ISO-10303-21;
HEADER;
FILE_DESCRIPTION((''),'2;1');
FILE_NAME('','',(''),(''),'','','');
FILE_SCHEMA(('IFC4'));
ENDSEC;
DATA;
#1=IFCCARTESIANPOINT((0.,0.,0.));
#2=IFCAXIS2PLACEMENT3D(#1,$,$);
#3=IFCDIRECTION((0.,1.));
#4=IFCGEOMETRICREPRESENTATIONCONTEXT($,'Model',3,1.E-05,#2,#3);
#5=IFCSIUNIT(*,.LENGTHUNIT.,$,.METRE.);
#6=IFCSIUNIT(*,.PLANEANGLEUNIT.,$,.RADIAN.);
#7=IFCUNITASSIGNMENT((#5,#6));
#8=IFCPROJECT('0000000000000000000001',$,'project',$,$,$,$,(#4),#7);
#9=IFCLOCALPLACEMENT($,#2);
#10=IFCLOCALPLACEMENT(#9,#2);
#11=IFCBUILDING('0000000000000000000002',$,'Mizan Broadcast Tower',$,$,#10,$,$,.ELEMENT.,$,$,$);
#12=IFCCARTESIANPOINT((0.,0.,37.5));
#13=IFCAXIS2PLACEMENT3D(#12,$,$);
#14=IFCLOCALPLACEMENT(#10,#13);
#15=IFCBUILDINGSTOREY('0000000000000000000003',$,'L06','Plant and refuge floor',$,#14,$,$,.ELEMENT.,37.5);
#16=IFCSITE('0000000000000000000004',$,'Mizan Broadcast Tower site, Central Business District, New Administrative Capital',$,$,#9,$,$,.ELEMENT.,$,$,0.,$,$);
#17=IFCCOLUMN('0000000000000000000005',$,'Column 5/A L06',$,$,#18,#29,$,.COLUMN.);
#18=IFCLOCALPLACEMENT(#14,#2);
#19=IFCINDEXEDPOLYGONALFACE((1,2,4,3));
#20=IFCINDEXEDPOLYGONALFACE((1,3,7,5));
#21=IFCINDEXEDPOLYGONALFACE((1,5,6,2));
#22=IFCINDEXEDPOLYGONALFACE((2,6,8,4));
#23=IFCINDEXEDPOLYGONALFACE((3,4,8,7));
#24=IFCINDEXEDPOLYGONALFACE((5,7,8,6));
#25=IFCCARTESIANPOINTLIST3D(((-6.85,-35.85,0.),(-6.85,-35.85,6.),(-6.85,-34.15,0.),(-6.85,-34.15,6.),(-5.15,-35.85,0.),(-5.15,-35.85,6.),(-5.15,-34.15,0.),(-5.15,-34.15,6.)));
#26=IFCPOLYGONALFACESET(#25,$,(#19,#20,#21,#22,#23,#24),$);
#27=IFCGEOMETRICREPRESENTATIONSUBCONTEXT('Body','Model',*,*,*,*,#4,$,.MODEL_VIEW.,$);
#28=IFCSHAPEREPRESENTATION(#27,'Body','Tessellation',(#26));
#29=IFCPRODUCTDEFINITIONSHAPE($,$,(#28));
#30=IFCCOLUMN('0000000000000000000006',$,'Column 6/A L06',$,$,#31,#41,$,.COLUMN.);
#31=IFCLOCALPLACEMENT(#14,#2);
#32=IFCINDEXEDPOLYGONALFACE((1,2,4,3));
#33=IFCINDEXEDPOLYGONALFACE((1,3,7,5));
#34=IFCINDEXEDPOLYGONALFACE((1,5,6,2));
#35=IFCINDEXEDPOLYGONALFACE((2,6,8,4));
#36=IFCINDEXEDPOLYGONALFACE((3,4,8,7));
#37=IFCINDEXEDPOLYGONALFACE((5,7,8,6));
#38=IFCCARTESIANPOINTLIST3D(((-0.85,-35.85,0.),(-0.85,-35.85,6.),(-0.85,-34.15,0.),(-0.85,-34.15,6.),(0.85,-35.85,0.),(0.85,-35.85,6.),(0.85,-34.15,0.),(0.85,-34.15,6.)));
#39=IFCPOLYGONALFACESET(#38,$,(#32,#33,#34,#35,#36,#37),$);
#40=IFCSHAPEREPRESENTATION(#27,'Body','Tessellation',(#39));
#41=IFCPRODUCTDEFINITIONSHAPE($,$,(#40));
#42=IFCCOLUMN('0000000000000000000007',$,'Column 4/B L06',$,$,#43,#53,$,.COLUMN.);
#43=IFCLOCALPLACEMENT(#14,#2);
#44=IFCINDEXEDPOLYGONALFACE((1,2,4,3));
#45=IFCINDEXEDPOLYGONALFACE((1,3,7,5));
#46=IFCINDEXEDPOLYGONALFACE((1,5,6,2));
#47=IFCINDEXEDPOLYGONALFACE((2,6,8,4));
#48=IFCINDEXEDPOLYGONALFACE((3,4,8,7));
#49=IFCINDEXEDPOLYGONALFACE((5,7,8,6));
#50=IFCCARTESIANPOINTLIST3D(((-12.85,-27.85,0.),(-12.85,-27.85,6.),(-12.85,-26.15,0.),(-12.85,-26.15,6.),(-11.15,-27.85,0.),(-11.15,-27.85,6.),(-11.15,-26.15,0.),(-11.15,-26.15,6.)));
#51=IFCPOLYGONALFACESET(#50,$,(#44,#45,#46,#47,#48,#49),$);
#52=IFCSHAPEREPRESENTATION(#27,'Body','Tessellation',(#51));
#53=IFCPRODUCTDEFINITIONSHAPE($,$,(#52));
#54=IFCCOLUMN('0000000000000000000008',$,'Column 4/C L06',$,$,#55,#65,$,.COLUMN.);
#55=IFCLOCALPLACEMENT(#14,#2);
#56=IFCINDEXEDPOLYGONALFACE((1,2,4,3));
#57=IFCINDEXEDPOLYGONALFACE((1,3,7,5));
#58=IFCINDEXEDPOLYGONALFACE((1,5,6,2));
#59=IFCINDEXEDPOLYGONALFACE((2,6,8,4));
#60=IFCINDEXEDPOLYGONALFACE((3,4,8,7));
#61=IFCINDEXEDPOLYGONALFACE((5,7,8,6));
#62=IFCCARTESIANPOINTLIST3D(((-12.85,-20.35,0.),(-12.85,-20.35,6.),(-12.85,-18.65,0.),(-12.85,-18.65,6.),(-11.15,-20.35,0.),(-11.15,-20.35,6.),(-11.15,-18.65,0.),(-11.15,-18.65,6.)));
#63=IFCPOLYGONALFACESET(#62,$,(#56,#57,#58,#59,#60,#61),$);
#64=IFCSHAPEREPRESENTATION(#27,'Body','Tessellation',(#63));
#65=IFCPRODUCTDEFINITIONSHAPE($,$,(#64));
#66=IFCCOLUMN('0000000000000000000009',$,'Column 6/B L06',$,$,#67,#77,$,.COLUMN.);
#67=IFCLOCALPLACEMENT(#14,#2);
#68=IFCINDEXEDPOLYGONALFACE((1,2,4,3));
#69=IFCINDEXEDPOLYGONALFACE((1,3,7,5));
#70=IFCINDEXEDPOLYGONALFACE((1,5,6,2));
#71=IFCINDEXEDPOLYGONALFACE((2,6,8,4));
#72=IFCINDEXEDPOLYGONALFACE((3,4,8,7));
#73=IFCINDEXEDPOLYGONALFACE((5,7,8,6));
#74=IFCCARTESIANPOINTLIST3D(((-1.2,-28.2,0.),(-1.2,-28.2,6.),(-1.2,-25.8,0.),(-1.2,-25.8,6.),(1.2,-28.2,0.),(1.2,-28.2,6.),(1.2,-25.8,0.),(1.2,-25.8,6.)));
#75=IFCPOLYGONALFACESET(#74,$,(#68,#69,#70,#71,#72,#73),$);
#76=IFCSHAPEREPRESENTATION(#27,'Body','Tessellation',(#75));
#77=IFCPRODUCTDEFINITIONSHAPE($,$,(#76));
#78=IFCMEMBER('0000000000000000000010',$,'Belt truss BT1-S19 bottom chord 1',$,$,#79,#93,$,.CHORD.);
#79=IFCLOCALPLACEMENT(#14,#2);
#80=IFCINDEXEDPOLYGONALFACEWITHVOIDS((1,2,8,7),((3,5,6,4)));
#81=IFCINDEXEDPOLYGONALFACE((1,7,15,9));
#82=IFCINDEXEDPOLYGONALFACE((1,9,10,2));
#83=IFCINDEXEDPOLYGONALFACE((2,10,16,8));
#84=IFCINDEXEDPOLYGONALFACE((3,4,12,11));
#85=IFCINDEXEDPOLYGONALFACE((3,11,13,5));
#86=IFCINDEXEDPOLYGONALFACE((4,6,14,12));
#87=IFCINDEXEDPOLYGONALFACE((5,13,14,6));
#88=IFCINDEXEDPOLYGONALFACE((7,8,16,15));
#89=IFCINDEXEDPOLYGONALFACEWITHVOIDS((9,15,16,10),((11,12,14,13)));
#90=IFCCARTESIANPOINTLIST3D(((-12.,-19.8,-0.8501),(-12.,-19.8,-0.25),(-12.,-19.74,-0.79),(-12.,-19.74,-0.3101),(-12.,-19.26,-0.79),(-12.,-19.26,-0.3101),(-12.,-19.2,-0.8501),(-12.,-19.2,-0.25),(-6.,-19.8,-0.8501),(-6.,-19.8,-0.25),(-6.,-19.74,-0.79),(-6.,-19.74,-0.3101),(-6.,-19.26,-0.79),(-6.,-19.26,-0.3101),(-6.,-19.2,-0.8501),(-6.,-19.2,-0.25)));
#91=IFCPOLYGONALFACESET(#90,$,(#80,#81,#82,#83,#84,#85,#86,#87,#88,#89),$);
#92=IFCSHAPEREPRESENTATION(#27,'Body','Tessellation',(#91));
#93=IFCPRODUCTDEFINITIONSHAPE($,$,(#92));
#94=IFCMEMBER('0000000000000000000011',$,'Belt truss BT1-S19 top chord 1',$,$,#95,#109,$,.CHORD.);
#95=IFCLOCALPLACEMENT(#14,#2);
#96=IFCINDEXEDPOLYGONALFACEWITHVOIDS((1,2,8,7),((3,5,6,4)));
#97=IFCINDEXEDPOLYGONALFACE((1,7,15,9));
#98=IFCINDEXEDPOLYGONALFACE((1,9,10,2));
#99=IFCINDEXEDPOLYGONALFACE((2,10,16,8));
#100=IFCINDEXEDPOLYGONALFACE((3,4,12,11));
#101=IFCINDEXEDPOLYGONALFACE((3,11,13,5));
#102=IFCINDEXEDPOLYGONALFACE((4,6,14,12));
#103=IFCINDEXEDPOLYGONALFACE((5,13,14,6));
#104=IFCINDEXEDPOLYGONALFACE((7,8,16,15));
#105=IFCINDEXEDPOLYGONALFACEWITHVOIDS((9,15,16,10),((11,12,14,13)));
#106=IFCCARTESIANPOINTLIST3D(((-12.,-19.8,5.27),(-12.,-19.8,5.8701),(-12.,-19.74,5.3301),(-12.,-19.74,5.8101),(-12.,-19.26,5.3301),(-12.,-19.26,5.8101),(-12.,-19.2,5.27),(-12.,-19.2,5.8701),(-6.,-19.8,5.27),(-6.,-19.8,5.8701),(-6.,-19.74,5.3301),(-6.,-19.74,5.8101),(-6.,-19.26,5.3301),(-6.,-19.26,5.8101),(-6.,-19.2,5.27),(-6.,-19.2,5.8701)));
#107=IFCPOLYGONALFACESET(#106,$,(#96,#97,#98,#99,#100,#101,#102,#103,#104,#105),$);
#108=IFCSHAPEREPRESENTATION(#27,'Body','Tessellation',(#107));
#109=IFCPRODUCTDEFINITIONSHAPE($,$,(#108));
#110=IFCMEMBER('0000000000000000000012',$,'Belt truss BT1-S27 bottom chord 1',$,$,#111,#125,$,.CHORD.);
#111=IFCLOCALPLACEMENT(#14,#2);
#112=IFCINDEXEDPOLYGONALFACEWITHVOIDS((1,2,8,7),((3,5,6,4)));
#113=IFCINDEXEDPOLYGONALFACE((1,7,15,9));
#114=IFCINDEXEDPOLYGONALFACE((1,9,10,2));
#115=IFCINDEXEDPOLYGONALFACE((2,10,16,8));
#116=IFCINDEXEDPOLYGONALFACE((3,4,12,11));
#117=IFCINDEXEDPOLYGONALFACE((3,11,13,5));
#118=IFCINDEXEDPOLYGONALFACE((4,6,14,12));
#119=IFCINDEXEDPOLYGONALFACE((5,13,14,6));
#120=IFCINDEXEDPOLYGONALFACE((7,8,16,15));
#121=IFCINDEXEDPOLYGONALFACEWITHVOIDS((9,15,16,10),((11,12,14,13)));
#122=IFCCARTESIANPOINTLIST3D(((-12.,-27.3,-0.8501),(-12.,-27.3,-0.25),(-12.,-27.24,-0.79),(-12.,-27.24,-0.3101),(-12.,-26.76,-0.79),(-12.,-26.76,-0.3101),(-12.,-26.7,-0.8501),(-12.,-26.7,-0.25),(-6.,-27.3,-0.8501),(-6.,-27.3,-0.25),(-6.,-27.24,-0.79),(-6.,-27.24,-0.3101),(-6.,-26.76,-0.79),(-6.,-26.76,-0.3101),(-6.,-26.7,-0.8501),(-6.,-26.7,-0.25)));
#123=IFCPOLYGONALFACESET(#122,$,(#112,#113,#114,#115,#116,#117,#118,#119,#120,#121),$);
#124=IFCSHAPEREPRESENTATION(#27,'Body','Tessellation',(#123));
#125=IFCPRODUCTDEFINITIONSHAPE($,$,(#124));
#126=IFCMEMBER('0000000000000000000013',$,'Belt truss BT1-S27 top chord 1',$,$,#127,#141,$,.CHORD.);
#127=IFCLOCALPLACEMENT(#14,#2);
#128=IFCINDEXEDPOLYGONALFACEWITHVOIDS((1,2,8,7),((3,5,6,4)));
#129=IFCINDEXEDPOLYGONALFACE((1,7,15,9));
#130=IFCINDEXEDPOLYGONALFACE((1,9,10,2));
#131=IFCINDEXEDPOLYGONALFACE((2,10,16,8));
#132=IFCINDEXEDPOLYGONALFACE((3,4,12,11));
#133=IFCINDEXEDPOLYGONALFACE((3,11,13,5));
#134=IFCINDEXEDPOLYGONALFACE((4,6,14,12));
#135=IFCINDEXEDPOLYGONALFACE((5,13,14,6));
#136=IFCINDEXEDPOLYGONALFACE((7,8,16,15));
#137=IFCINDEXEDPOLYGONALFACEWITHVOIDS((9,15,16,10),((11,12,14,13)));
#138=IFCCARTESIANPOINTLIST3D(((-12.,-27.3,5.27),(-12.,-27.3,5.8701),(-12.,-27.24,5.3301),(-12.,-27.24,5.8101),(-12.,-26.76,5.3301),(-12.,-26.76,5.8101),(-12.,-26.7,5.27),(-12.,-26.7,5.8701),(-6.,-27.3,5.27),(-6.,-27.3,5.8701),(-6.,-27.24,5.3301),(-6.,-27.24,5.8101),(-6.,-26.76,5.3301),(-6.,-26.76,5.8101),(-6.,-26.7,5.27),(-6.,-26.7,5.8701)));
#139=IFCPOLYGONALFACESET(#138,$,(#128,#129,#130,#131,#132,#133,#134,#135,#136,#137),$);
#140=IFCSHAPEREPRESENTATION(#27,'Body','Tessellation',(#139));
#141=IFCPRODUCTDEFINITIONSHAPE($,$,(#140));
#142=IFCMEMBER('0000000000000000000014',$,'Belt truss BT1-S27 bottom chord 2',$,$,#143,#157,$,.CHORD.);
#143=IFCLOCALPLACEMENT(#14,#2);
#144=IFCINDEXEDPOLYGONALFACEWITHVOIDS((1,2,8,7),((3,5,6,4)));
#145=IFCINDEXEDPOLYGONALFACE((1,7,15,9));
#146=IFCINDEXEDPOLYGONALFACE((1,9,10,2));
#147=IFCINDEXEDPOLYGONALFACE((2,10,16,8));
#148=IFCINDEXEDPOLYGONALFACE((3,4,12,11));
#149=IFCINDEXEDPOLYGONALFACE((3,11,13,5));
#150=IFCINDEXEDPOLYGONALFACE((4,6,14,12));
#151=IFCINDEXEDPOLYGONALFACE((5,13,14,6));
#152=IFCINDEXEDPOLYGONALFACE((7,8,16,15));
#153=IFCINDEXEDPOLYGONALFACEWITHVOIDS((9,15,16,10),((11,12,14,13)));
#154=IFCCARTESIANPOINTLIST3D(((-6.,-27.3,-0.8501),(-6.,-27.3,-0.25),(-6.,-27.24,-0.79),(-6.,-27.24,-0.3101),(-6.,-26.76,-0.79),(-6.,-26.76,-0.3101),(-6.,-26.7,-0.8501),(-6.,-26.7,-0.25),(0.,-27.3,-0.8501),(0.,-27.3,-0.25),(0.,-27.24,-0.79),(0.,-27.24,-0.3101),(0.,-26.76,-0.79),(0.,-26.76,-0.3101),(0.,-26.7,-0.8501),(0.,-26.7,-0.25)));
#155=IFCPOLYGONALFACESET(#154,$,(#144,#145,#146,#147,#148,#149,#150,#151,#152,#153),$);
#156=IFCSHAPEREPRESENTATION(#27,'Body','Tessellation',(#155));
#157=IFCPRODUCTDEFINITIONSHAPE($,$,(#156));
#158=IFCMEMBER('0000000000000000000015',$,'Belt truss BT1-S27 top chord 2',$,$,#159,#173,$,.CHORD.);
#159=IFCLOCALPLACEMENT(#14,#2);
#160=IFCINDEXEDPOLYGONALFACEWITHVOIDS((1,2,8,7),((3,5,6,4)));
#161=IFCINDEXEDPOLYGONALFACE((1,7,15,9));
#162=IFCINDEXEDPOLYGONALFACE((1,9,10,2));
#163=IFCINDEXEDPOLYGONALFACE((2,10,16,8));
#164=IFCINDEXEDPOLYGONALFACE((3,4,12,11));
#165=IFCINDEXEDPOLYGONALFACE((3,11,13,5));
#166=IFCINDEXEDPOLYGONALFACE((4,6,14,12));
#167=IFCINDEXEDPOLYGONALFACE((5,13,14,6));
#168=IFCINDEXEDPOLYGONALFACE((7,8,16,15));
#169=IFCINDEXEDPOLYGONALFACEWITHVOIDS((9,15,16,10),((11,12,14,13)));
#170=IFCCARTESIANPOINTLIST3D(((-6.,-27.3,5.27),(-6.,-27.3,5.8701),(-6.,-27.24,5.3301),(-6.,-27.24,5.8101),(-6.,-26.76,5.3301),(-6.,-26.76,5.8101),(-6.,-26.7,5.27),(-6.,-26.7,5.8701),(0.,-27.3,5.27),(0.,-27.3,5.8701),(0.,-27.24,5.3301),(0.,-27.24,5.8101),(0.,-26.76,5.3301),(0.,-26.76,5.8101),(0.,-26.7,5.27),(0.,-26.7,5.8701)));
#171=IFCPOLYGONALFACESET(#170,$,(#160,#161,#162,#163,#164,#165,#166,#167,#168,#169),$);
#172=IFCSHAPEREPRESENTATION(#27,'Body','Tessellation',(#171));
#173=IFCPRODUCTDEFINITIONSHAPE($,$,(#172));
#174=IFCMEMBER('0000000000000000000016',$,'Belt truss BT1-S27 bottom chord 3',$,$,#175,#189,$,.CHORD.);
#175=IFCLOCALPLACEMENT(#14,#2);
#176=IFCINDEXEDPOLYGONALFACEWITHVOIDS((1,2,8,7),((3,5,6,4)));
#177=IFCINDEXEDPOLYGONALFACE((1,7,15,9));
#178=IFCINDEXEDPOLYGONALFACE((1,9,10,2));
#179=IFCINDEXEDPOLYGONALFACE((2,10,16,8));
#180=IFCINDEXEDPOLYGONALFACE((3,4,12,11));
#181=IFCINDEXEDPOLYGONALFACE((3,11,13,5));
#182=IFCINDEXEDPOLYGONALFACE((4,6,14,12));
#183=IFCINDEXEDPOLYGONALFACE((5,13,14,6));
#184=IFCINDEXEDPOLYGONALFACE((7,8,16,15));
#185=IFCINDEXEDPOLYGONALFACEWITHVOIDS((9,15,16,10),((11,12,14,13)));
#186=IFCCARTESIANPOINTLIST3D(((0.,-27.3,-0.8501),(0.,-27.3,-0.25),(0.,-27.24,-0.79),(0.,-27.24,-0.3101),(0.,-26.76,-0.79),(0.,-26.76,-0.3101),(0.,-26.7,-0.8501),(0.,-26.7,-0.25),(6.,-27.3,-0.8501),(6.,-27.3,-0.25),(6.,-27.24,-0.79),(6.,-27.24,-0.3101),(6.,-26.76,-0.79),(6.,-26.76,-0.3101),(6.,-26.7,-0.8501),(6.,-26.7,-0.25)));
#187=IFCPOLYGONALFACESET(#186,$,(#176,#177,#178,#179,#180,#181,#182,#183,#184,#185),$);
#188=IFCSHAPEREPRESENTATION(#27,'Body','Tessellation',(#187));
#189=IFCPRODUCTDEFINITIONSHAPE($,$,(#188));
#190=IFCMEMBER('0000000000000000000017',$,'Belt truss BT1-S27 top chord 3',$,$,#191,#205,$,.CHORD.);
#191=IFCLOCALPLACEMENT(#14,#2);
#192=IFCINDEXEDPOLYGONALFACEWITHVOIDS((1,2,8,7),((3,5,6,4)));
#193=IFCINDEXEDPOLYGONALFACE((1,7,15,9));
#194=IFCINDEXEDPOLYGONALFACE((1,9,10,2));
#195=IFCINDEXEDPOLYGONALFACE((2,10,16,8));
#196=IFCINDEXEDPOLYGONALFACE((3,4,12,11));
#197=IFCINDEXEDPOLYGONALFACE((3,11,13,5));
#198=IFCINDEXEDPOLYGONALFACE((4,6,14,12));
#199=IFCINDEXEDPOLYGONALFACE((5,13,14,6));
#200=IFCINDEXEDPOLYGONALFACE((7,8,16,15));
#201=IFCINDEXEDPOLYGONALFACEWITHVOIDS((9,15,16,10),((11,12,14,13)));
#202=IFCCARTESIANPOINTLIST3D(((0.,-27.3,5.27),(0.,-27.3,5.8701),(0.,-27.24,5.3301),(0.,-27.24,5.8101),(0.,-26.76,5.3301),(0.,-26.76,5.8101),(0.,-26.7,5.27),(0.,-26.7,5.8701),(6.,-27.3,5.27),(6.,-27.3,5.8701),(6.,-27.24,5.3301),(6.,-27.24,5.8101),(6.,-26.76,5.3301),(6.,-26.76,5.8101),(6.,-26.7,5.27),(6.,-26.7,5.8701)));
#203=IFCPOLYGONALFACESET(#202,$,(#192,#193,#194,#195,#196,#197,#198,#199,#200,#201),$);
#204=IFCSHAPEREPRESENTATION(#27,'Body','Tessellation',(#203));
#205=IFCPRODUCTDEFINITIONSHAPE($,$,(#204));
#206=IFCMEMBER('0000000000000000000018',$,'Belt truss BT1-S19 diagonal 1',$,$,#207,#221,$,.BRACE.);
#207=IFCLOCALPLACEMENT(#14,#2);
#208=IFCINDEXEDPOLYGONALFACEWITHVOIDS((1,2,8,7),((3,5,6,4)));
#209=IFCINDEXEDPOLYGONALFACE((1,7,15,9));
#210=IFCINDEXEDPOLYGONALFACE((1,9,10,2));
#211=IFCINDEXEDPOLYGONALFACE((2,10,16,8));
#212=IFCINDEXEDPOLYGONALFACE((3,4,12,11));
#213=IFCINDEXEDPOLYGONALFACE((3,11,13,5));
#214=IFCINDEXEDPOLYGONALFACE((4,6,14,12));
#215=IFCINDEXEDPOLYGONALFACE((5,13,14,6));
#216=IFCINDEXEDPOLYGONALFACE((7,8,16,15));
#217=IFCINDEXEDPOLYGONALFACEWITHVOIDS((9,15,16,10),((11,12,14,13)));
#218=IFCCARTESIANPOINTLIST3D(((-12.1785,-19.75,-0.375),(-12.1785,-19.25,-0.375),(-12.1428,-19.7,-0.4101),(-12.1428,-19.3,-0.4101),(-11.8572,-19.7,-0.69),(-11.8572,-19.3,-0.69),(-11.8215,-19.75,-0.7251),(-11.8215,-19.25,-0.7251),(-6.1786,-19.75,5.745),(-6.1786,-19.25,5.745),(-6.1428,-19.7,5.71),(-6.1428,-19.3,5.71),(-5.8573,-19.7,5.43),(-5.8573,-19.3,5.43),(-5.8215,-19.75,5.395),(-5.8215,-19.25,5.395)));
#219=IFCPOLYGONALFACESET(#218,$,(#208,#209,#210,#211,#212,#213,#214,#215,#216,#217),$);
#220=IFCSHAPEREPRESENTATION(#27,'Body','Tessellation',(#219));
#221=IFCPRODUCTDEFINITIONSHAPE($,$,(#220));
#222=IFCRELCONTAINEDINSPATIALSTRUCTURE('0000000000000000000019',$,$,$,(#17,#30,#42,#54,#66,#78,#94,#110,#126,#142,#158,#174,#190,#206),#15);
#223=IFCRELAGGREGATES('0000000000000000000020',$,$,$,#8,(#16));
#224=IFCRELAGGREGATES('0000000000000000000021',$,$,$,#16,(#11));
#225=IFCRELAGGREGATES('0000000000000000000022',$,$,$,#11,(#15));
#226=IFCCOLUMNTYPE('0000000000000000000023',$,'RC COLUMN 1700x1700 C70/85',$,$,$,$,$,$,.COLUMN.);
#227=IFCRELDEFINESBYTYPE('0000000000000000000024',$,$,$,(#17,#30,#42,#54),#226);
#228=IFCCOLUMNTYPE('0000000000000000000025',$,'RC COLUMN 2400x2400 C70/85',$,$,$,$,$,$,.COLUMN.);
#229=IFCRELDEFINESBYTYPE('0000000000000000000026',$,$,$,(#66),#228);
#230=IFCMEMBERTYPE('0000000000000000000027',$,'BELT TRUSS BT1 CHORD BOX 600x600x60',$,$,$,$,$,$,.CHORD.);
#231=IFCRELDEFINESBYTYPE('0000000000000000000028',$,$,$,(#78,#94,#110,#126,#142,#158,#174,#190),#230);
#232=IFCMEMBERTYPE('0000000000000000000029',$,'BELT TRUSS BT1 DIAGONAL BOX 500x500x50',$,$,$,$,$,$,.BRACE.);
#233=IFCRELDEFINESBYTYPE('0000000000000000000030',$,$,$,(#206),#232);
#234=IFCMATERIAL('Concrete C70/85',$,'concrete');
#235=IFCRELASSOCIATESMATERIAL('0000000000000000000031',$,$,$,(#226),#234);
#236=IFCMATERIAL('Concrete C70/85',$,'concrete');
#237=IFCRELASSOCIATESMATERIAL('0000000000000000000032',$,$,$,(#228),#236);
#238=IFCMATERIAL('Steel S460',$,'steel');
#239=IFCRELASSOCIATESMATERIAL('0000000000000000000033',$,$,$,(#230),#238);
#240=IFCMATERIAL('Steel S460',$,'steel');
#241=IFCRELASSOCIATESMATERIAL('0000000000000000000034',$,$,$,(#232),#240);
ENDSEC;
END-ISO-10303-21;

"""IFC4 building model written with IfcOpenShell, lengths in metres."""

from ifc_helpers import new_model, si_unit, direction, frame, origin, origin_2d, place, context, subcontext, project, spatial, rectangle, hollow_rectangle, extrude, material, material_profile, profile_set, type_object, element, save


model = new_model("IFC4")

# Units and contexts
model_context = context("Model", 3, precision=1e-05, world=origin(), true_north=direction((0.0, 1.0)))
body_context = subcontext(model_context, "Body", "Model", "MODEL_VIEW")
ifc_project = project(units=[si_unit("LENGTHUNIT", "METRE"), si_unit("PLANEANGLEUNIT", "RADIAN")], contexts=[model_context])

# Site, building, storey
site_placement = place(None, origin())
site = spatial("IfcSite", under=ifc_project, at=site_placement, Name="Mizan Broadcast Tower site, Central Business District, New Administrative Capital", CompositionType="ELEMENT", RefElevation=0.0)
building_placement = place(site_placement, origin())
building = spatial("IfcBuilding", under=site, at=building_placement, Name="Mizan Broadcast Tower", CompositionType="ELEMENT")
storey_placement = place(building_placement, frame((0.0, 0.0, 37.5)))
storey = spatial("IfcBuildingStorey", under=building, at=storey_placement, Name="L06", Description="Plant and refuge floor", CompositionType="ELEMENT", Elevation=37.5)

# Columns
ifc_material_1 = material(Name="Concrete C70/85", Category="concrete")
ifc_material_profile_1 = material_profile(ifc_material_1, rectangle(XDim=1.7, YDim=1.7, at=origin_2d()), Name="RC 1700x1700")
ifc_profile_set_1 = profile_set([ifc_material_profile_1], Name="Concrete C70/85")
column_type_1 = type_object("IfcColumnType", Name="RC COLUMN 1700x1700 C70/85", PredefinedType="COLUMN", material=ifc_profile_set_1)
for number, where, z_axis, x_axis, name in (
    (1, (-6.0, -35.0, 0.0), (0.0, 0.0, 1.0), (1.0, 0.0, 0.0), "Column 5/A L06"),
    (2, (0.0, -35.0, 0.0), (0.0, 0.0, 1.0), (1.0, 0.0, 0.0), "Column 6/A L06"),
    (3, (-12.0, -27.0, 0.0), (0.0, 0.0, 1.0), (1.0, 0.0, 0.0), "Column 4/B L06"),
    (4, (-12.0, -19.5, 0.0), (0.0, 0.0, 1.0), (1.0, 0.0, 0.0), "Column 4/C L06"),
):
    element("IfcColumn", number, at=place(storey_placement, frame(where, z_axis=z_axis, x_axis=x_axis)), inside=storey, type_object=column_type_1, Name=name, PredefinedType="COLUMN", context=body_context, shape_type="SweptSolid", body=[
        extrude(rectangle(XDim=1.7, YDim=1.7, at=origin_2d()), origin(), (0.0, 0.0, 1.0), 6.0),
    ])
ifc_material_2 = material(Name="Concrete C70/85", Category="concrete")
ifc_material_profile_2 = material_profile(ifc_material_2, rectangle(XDim=2.3999, YDim=2.3999, at=origin_2d()), Name="RC 2400x2400")
ifc_profile_set_2 = profile_set([ifc_material_profile_2], Name="Concrete C70/85")
column_type_2 = type_object("IfcColumnType", Name="RC COLUMN 2400x2400 C70/85", PredefinedType="COLUMN", material=ifc_profile_set_2)
column_placement = place(storey_placement, frame((0.0, -27.0, 0.0), z_axis=(0.0, 0.0, 1.0), x_axis=(1.0, 0.0, 0.0)))
element("IfcColumn", 5, at=column_placement, inside=storey, type_object=column_type_2, Name="Column 6/B L06", PredefinedType="COLUMN", context=body_context, shape_type="SweptSolid", body=[
    extrude(rectangle(XDim=2.3999, YDim=2.3999, at=origin_2d()), origin(), (0.0, 0.0, 1.0), 6.0),
])

# Members
ifc_material_3 = material(Name="Steel S460", Category="steel")
ifc_material_profile_3 = material_profile(ifc_material_3, hollow_rectangle(XDim=0.6001, YDim=0.6001, WallThickness=0.0601, at=origin_2d()), Name="BOX 600x600x60")
ifc_profile_set_3 = profile_set([ifc_material_profile_3], Name="Steel S460")
member_type_1 = type_object("IfcMemberType", Name="BELT TRUSS BT1 CHORD BOX 600x600x60", PredefinedType="CHORD", material=ifc_profile_set_3)
for number, where, z_axis, x_axis, name in (
    (6, (-12.0, -19.5, -0.55), (1.0, 0.0, 0.0), (0.0, 1.0, 0.0), "Belt truss BT1-S19 bottom chord 1"),
    (7, (-12.0, -19.5, 5.5701), (1.0, 0.0, 0.0), (0.0, 1.0, 0.0), "Belt truss BT1-S19 top chord 1"),
    (8, (-12.0, -27.0, -0.55), (1.0, 0.0, 0.0), (0.0, 1.0, 0.0), "Belt truss BT1-S27 bottom chord 1"),
    (9, (-12.0, -27.0, 5.5701), (1.0, 0.0, 0.0), (0.0, 1.0, 0.0), "Belt truss BT1-S27 top chord 1"),
    (10, (-6.0, -27.0, -0.55), (1.0, 0.0, 0.0), (0.0, 1.0, 0.0), "Belt truss BT1-S27 bottom chord 2"),
    (11, (-6.0, -27.0, 5.5701), (1.0, 0.0, 0.0), (0.0, 1.0, 0.0), "Belt truss BT1-S27 top chord 2"),
    (12, (0.0, -27.0, -0.55), (1.0, 0.0, 0.0), (0.0, 1.0, 0.0), "Belt truss BT1-S27 bottom chord 3"),
    (13, (0.0, -27.0, 5.5701), (1.0, 0.0, 0.0), (0.0, 1.0, 0.0), "Belt truss BT1-S27 top chord 3"),
):
    element("IfcMember", number, at=place(storey_placement, frame(where, z_axis=z_axis, x_axis=x_axis)), inside=storey, type_object=member_type_1, Name=name, PredefinedType="CHORD", context=body_context, shape_type="SweptSolid", body=[
        extrude(hollow_rectangle(XDim=0.6001, YDim=0.6001, WallThickness=0.0601, at=origin_2d()), origin(), (0.0, 0.0, 1.0), 6.0),
    ])
ifc_material_4 = material(Name="Steel S460", Category="steel")
ifc_material_profile_4 = material_profile(ifc_material_4, hollow_rectangle(XDim=0.5, YDim=0.5, WallThickness=0.05, at=origin_2d()), Name="BOX 500x500x50")
ifc_profile_set_4 = profile_set([ifc_material_profile_4], Name="Steel S460")
member_type_2 = type_object("IfcMemberType", Name="BELT TRUSS BT1 DIAGONAL BOX 500x500x50", PredefinedType="BRACE", material=ifc_profile_set_4)
for number, where, z_axis, x_axis, name in (
    (14, (-12.0, -19.5, -0.55), (0.700065, 0.0, 0.71408), (0.0, 1.0, 0.0), "Belt truss BT1-S19 diagonal 1"),
):
    element("IfcMember", number, at=place(storey_placement, frame(where, z_axis=z_axis, x_axis=x_axis)), inside=storey, type_object=member_type_2, Name=name, PredefinedType="BRACE", context=body_context, shape_type="SweptSolid", body=[
        extrude(hollow_rectangle(XDim=0.5, YDim=0.5, WallThickness=0.05, at=origin_2d()), origin(), (0.0, 0.0, 1.0), 8.5706),
    ])

save(model, "model.ifc")
